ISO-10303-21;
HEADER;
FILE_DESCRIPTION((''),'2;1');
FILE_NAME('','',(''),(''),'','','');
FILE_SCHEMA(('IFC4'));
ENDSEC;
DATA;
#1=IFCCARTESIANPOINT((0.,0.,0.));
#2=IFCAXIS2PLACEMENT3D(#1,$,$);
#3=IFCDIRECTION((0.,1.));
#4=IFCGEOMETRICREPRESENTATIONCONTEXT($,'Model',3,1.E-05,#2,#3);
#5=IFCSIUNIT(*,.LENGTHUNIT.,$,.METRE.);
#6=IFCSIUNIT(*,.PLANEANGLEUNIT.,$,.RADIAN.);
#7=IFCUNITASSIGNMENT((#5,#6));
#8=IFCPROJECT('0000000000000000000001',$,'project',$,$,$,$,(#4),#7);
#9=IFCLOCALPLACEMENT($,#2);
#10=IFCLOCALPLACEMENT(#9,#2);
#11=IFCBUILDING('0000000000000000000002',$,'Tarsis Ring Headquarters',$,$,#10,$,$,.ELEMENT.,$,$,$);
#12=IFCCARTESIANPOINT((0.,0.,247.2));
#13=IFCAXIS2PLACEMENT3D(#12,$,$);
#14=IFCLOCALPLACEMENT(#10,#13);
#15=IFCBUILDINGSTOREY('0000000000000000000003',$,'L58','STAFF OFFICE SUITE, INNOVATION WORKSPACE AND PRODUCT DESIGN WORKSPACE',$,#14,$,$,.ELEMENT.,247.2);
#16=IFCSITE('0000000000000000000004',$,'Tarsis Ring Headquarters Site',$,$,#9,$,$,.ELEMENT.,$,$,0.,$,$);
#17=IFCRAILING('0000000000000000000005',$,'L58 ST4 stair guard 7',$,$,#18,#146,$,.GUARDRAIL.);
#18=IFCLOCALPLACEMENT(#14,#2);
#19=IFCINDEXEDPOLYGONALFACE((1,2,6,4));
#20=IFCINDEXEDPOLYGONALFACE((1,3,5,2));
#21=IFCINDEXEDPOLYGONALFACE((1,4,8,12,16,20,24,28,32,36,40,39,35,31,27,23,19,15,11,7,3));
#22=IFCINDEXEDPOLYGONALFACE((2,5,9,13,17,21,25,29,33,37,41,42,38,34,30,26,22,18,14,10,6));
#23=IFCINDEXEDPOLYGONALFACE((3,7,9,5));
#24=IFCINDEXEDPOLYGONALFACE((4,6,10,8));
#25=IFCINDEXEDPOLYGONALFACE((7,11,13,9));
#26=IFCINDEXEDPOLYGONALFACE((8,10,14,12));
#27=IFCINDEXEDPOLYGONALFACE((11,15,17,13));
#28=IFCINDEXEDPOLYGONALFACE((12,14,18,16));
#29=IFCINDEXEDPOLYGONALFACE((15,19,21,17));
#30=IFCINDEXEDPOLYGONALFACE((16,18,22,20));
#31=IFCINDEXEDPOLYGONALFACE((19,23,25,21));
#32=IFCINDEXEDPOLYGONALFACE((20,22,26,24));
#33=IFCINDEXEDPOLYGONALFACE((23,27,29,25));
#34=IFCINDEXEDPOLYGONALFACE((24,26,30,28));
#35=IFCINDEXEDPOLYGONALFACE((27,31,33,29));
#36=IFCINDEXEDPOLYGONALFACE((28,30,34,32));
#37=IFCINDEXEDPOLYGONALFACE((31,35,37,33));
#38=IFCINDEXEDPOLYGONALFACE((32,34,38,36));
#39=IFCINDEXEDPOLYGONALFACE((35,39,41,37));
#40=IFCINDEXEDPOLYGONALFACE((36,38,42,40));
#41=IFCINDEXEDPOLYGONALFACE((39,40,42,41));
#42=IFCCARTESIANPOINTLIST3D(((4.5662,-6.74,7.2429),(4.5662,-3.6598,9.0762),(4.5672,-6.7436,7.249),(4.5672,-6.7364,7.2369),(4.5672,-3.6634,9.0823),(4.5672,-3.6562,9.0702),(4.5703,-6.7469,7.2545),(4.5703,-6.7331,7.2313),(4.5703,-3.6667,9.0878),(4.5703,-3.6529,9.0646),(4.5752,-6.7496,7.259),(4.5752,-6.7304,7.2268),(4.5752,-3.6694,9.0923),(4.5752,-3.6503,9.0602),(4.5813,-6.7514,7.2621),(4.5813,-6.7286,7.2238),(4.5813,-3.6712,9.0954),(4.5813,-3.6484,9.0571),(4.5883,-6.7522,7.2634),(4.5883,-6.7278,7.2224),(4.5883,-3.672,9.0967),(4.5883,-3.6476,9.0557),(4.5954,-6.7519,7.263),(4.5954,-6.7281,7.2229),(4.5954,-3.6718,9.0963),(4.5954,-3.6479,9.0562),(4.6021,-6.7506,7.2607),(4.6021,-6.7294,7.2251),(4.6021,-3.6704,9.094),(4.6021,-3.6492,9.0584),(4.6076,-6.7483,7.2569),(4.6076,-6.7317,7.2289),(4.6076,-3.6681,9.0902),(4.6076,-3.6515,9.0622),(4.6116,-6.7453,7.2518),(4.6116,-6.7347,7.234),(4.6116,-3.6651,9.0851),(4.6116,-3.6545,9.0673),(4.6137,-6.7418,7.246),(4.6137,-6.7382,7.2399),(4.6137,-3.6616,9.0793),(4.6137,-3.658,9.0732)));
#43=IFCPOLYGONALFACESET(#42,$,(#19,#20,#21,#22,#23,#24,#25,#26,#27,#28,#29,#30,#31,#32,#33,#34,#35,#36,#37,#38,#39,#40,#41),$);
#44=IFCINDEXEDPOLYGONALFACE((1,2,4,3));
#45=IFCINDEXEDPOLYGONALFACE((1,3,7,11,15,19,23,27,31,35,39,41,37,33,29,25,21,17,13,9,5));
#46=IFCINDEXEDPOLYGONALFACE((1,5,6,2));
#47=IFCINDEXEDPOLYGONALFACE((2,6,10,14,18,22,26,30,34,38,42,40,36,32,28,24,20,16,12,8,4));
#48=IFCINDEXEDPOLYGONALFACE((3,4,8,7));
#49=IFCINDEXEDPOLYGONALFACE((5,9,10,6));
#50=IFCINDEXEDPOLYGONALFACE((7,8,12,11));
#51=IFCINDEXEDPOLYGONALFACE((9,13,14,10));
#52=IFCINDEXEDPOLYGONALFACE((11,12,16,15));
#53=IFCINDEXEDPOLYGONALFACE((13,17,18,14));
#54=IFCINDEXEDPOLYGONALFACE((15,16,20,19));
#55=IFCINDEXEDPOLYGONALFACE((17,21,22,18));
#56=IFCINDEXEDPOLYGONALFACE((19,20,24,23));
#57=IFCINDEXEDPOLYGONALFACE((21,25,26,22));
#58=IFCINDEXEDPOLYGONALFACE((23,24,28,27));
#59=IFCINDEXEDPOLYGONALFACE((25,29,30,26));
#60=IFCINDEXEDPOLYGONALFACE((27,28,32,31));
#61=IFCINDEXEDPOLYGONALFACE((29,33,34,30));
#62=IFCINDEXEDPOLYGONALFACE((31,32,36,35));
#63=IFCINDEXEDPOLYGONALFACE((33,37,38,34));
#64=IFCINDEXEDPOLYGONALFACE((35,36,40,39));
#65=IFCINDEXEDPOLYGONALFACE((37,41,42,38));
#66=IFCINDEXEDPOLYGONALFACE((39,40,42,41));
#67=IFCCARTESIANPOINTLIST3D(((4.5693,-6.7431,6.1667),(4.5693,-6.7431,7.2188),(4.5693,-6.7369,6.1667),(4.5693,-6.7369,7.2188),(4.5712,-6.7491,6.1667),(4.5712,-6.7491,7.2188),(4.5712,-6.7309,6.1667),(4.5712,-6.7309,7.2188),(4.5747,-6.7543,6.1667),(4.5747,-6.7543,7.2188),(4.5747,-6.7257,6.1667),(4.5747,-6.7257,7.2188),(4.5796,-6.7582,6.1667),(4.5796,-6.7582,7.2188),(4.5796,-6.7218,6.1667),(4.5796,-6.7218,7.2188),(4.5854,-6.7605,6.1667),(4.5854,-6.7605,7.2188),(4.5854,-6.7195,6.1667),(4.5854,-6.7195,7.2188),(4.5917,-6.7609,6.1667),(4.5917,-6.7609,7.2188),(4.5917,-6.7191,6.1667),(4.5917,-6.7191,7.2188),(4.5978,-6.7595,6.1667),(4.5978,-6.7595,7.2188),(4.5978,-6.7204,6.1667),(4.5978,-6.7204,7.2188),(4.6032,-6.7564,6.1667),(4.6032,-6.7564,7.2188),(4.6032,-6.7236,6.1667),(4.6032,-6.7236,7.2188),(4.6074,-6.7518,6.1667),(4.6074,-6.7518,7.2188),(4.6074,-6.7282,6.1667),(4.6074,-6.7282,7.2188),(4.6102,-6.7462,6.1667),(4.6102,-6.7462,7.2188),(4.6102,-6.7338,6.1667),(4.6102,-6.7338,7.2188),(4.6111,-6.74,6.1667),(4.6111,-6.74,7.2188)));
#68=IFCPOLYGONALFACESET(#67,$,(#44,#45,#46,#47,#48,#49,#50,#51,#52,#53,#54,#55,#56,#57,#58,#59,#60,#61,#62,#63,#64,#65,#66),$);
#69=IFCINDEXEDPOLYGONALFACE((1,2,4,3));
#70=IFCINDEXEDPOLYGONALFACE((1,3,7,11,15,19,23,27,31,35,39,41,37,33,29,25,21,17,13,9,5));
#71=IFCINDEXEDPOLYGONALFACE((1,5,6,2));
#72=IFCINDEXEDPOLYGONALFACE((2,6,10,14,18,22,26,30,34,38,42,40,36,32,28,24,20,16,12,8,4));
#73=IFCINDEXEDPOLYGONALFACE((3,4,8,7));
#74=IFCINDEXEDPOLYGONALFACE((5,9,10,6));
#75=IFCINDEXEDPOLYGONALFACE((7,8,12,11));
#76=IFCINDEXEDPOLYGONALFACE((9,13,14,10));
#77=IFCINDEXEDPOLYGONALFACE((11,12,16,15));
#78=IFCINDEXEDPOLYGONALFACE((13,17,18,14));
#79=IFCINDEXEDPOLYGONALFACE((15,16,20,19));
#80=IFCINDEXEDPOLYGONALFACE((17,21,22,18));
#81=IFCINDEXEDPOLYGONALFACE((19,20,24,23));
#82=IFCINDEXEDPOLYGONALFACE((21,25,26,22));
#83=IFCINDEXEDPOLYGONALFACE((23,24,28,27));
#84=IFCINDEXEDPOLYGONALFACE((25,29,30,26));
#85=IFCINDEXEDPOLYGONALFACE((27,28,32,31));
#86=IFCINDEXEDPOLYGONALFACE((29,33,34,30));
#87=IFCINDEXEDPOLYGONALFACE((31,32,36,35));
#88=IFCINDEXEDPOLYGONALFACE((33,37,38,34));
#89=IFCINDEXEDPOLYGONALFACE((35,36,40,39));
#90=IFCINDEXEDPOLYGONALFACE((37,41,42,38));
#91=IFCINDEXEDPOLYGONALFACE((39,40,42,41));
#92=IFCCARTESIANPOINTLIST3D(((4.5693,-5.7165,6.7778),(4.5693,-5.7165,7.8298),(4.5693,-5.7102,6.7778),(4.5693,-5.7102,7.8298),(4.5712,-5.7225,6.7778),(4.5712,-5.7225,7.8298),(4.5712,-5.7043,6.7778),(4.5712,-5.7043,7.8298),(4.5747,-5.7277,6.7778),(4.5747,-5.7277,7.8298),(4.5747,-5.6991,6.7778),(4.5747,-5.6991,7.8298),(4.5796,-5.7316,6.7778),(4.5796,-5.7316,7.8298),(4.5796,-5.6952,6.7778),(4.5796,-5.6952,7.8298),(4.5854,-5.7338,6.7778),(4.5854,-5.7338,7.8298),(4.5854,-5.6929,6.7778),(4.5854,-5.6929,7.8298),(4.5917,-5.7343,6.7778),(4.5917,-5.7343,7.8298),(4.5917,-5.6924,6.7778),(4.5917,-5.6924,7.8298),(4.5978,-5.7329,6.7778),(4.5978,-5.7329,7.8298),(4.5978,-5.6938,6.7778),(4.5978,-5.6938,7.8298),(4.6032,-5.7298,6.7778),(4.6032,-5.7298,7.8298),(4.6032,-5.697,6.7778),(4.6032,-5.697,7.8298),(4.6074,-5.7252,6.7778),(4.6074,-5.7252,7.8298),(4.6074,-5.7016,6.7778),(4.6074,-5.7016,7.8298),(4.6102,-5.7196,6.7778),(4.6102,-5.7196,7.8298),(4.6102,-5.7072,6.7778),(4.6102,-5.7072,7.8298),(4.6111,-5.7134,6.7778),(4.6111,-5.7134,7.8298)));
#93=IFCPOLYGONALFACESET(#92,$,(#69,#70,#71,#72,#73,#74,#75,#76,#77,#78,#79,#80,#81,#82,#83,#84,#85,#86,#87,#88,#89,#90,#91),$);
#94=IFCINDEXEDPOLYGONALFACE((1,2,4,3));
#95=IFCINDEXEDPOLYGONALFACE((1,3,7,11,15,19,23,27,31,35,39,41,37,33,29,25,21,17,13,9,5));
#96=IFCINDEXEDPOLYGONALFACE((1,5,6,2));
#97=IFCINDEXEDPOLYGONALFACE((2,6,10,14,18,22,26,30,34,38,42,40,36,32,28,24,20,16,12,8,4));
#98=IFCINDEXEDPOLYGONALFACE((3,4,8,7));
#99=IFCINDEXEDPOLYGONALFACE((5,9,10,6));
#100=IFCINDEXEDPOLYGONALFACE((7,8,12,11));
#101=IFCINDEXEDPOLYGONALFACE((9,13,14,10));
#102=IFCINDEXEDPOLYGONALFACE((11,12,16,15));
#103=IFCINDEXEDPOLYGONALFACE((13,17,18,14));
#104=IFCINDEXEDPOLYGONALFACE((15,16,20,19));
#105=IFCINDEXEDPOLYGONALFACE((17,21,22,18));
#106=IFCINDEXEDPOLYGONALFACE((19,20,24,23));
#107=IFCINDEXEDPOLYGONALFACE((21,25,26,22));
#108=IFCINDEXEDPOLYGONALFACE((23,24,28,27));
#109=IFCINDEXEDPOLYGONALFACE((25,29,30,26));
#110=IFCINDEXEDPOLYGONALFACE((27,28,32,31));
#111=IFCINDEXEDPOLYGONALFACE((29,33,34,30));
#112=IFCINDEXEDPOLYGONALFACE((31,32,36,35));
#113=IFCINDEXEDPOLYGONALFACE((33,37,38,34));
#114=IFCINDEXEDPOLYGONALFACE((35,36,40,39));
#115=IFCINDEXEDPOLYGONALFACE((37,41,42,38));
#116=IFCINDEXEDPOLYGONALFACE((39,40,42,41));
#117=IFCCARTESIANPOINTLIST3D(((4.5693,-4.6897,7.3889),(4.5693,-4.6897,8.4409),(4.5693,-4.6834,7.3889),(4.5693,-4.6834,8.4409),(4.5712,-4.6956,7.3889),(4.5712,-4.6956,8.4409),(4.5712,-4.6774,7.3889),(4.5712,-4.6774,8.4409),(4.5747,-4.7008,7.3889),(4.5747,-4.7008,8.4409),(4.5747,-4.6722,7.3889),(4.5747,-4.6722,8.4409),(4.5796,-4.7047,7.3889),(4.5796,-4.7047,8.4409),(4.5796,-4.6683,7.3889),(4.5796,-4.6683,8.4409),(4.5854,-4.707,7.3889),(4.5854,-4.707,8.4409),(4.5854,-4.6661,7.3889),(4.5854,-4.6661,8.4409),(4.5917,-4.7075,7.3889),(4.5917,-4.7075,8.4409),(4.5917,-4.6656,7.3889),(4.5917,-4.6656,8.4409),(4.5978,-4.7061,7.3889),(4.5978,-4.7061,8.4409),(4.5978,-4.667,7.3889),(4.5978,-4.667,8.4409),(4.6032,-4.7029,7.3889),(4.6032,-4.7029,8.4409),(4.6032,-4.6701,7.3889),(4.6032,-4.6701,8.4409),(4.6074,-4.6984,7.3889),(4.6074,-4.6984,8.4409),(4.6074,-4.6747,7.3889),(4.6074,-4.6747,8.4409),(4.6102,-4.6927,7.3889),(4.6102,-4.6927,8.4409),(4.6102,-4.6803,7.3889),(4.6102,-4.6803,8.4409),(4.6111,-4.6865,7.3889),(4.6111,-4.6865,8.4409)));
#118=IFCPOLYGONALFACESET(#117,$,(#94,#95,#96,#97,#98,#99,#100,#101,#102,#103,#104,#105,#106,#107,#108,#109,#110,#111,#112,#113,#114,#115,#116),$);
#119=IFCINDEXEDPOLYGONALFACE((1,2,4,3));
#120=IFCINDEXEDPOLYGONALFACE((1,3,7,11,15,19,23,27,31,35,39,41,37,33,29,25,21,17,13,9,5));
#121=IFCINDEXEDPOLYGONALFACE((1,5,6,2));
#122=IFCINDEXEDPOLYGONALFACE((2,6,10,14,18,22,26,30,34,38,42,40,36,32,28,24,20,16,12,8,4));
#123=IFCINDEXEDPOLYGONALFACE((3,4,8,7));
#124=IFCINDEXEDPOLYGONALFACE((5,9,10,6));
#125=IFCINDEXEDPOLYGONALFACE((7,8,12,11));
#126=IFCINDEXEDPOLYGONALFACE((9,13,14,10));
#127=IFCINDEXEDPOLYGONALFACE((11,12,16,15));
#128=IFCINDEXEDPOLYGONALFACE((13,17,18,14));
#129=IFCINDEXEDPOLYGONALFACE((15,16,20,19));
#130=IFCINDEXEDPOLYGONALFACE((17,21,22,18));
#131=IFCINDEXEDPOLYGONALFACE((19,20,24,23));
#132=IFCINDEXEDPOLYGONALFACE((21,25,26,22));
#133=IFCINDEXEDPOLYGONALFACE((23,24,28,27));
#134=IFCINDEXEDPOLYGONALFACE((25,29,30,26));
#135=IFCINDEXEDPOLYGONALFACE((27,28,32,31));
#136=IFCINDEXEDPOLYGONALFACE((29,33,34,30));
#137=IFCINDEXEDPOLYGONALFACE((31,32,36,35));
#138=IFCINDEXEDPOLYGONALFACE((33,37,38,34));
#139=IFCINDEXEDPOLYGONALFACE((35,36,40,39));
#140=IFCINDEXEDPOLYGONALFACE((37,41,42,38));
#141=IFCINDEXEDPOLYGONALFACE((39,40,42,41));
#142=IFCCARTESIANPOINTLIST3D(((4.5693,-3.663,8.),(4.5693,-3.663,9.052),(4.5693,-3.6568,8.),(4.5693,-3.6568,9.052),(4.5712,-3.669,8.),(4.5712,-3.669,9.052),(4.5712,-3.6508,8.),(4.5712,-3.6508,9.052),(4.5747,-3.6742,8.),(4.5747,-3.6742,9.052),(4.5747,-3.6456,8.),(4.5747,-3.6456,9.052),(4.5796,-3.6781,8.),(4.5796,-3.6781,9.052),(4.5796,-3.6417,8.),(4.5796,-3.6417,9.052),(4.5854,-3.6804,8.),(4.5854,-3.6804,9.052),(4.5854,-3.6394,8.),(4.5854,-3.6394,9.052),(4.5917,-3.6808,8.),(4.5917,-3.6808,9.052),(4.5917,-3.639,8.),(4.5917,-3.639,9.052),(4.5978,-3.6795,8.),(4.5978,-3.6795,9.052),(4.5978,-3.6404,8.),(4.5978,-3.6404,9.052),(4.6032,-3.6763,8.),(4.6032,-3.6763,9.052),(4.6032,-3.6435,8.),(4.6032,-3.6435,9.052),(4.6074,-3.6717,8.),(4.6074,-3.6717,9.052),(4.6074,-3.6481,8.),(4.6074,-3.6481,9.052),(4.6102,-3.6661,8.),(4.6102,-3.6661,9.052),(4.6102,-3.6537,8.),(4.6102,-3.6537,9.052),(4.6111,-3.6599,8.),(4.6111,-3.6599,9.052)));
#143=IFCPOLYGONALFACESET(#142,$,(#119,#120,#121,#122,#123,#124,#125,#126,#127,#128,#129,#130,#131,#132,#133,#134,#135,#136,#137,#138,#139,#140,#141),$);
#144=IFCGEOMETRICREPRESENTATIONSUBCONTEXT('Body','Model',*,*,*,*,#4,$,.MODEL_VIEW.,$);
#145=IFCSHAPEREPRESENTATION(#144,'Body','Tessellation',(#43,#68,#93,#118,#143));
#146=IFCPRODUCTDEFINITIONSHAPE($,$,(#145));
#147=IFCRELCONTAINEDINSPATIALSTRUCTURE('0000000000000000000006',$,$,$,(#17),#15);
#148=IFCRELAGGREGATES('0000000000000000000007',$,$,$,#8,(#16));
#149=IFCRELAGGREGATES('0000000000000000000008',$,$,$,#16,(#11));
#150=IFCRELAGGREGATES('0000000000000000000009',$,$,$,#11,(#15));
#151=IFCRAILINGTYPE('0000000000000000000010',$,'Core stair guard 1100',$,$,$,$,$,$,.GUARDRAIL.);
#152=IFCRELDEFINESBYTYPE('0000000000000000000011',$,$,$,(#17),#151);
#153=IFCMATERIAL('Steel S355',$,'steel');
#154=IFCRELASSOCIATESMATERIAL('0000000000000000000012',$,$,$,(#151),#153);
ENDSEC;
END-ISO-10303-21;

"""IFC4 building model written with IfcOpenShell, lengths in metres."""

from ifc_helpers import new_model, si_unit, direction, frame, origin, origin_2d, place, context, subcontext, project, spatial, circle, extrude, material, type_object, element, save


model = new_model("IFC4")

# Units and contexts
model_context = context("Model", 3, precision=1e-05, world=origin(), true_north=direction((0.0, 1.0)))
body_context = subcontext(model_context, "Body", "Model", "MODEL_VIEW")
ifc_project = project(units=[si_unit("LENGTHUNIT", "METRE"), si_unit("PLANEANGLEUNIT", "RADIAN")], contexts=[model_context])

# Site, building, storey
site_placement = place(None, origin())
site = spatial("IfcSite", under=ifc_project, at=site_placement, Name="Tarsis Ring Headquarters Site", CompositionType="ELEMENT", RefElevation=0.0)
building_placement = place(site_placement, origin())
building = spatial("IfcBuilding", under=site, at=building_placement, Name="Tarsis Ring Headquarters", CompositionType="ELEMENT")
storey_placement = place(building_placement, frame((0.0, 0.0, 247.2)))
storey = spatial("IfcBuildingStorey", under=building, at=storey_placement, Name="L58", Description="STAFF OFFICE SUITE, INNOVATION WORKSPACE AND PRODUCT DESIGN WORKSPACE", CompositionType="ELEMENT", Elevation=247.2)

# Shared definitions
ifc_material_1 = material(Name="Steel S355", Category="steel")

# Railing
railing_type_1 = type_object("IfcRailingType", Name="Core stair guard 1100", PredefinedType="GUARDRAIL", material=ifc_material_1)
railing_1_placement = place(storey_placement, frame((4.5901, -6.74, 6.1667)))
element("IfcRailing", 1, at=railing_1_placement, inside=storey, type_object=railing_type_1, Name="L58 ST4 stair guard 7", PredefinedType="GUARDRAIL", context=body_context, shape_type="SweptSolid", body=[
    extrude(circle(Radius=0.0239, at=origin_2d()), frame((0.0, 0.0, 1.0762), z_axis=(0.0, 0.859309, 0.511458), x_axis=(-1.0, 0.0, 0.0)), (0.0, 0.0, 1.0), 3.5845),
    extrude(circle(Radius=0.021, at=origin_2d()), origin(), (0.0, 0.0, 1.0), 1.052),
    extrude(circle(Radius=0.021, at=origin_2d()), frame((0.0, 1.0266, 0.6111)), (0.0, 0.0, 1.0), 1.052),
    extrude(circle(Radius=0.021, at=origin_2d()), frame((0.0, 2.0535, 1.2222)), (0.0, 0.0, 1.0), 1.052),
    extrude(circle(Radius=0.021, at=origin_2d()), frame((0.0, 3.0801, 1.8333)), (0.0, 0.0, 1.0), 1.052),
])

save(model, "model.ifc")
